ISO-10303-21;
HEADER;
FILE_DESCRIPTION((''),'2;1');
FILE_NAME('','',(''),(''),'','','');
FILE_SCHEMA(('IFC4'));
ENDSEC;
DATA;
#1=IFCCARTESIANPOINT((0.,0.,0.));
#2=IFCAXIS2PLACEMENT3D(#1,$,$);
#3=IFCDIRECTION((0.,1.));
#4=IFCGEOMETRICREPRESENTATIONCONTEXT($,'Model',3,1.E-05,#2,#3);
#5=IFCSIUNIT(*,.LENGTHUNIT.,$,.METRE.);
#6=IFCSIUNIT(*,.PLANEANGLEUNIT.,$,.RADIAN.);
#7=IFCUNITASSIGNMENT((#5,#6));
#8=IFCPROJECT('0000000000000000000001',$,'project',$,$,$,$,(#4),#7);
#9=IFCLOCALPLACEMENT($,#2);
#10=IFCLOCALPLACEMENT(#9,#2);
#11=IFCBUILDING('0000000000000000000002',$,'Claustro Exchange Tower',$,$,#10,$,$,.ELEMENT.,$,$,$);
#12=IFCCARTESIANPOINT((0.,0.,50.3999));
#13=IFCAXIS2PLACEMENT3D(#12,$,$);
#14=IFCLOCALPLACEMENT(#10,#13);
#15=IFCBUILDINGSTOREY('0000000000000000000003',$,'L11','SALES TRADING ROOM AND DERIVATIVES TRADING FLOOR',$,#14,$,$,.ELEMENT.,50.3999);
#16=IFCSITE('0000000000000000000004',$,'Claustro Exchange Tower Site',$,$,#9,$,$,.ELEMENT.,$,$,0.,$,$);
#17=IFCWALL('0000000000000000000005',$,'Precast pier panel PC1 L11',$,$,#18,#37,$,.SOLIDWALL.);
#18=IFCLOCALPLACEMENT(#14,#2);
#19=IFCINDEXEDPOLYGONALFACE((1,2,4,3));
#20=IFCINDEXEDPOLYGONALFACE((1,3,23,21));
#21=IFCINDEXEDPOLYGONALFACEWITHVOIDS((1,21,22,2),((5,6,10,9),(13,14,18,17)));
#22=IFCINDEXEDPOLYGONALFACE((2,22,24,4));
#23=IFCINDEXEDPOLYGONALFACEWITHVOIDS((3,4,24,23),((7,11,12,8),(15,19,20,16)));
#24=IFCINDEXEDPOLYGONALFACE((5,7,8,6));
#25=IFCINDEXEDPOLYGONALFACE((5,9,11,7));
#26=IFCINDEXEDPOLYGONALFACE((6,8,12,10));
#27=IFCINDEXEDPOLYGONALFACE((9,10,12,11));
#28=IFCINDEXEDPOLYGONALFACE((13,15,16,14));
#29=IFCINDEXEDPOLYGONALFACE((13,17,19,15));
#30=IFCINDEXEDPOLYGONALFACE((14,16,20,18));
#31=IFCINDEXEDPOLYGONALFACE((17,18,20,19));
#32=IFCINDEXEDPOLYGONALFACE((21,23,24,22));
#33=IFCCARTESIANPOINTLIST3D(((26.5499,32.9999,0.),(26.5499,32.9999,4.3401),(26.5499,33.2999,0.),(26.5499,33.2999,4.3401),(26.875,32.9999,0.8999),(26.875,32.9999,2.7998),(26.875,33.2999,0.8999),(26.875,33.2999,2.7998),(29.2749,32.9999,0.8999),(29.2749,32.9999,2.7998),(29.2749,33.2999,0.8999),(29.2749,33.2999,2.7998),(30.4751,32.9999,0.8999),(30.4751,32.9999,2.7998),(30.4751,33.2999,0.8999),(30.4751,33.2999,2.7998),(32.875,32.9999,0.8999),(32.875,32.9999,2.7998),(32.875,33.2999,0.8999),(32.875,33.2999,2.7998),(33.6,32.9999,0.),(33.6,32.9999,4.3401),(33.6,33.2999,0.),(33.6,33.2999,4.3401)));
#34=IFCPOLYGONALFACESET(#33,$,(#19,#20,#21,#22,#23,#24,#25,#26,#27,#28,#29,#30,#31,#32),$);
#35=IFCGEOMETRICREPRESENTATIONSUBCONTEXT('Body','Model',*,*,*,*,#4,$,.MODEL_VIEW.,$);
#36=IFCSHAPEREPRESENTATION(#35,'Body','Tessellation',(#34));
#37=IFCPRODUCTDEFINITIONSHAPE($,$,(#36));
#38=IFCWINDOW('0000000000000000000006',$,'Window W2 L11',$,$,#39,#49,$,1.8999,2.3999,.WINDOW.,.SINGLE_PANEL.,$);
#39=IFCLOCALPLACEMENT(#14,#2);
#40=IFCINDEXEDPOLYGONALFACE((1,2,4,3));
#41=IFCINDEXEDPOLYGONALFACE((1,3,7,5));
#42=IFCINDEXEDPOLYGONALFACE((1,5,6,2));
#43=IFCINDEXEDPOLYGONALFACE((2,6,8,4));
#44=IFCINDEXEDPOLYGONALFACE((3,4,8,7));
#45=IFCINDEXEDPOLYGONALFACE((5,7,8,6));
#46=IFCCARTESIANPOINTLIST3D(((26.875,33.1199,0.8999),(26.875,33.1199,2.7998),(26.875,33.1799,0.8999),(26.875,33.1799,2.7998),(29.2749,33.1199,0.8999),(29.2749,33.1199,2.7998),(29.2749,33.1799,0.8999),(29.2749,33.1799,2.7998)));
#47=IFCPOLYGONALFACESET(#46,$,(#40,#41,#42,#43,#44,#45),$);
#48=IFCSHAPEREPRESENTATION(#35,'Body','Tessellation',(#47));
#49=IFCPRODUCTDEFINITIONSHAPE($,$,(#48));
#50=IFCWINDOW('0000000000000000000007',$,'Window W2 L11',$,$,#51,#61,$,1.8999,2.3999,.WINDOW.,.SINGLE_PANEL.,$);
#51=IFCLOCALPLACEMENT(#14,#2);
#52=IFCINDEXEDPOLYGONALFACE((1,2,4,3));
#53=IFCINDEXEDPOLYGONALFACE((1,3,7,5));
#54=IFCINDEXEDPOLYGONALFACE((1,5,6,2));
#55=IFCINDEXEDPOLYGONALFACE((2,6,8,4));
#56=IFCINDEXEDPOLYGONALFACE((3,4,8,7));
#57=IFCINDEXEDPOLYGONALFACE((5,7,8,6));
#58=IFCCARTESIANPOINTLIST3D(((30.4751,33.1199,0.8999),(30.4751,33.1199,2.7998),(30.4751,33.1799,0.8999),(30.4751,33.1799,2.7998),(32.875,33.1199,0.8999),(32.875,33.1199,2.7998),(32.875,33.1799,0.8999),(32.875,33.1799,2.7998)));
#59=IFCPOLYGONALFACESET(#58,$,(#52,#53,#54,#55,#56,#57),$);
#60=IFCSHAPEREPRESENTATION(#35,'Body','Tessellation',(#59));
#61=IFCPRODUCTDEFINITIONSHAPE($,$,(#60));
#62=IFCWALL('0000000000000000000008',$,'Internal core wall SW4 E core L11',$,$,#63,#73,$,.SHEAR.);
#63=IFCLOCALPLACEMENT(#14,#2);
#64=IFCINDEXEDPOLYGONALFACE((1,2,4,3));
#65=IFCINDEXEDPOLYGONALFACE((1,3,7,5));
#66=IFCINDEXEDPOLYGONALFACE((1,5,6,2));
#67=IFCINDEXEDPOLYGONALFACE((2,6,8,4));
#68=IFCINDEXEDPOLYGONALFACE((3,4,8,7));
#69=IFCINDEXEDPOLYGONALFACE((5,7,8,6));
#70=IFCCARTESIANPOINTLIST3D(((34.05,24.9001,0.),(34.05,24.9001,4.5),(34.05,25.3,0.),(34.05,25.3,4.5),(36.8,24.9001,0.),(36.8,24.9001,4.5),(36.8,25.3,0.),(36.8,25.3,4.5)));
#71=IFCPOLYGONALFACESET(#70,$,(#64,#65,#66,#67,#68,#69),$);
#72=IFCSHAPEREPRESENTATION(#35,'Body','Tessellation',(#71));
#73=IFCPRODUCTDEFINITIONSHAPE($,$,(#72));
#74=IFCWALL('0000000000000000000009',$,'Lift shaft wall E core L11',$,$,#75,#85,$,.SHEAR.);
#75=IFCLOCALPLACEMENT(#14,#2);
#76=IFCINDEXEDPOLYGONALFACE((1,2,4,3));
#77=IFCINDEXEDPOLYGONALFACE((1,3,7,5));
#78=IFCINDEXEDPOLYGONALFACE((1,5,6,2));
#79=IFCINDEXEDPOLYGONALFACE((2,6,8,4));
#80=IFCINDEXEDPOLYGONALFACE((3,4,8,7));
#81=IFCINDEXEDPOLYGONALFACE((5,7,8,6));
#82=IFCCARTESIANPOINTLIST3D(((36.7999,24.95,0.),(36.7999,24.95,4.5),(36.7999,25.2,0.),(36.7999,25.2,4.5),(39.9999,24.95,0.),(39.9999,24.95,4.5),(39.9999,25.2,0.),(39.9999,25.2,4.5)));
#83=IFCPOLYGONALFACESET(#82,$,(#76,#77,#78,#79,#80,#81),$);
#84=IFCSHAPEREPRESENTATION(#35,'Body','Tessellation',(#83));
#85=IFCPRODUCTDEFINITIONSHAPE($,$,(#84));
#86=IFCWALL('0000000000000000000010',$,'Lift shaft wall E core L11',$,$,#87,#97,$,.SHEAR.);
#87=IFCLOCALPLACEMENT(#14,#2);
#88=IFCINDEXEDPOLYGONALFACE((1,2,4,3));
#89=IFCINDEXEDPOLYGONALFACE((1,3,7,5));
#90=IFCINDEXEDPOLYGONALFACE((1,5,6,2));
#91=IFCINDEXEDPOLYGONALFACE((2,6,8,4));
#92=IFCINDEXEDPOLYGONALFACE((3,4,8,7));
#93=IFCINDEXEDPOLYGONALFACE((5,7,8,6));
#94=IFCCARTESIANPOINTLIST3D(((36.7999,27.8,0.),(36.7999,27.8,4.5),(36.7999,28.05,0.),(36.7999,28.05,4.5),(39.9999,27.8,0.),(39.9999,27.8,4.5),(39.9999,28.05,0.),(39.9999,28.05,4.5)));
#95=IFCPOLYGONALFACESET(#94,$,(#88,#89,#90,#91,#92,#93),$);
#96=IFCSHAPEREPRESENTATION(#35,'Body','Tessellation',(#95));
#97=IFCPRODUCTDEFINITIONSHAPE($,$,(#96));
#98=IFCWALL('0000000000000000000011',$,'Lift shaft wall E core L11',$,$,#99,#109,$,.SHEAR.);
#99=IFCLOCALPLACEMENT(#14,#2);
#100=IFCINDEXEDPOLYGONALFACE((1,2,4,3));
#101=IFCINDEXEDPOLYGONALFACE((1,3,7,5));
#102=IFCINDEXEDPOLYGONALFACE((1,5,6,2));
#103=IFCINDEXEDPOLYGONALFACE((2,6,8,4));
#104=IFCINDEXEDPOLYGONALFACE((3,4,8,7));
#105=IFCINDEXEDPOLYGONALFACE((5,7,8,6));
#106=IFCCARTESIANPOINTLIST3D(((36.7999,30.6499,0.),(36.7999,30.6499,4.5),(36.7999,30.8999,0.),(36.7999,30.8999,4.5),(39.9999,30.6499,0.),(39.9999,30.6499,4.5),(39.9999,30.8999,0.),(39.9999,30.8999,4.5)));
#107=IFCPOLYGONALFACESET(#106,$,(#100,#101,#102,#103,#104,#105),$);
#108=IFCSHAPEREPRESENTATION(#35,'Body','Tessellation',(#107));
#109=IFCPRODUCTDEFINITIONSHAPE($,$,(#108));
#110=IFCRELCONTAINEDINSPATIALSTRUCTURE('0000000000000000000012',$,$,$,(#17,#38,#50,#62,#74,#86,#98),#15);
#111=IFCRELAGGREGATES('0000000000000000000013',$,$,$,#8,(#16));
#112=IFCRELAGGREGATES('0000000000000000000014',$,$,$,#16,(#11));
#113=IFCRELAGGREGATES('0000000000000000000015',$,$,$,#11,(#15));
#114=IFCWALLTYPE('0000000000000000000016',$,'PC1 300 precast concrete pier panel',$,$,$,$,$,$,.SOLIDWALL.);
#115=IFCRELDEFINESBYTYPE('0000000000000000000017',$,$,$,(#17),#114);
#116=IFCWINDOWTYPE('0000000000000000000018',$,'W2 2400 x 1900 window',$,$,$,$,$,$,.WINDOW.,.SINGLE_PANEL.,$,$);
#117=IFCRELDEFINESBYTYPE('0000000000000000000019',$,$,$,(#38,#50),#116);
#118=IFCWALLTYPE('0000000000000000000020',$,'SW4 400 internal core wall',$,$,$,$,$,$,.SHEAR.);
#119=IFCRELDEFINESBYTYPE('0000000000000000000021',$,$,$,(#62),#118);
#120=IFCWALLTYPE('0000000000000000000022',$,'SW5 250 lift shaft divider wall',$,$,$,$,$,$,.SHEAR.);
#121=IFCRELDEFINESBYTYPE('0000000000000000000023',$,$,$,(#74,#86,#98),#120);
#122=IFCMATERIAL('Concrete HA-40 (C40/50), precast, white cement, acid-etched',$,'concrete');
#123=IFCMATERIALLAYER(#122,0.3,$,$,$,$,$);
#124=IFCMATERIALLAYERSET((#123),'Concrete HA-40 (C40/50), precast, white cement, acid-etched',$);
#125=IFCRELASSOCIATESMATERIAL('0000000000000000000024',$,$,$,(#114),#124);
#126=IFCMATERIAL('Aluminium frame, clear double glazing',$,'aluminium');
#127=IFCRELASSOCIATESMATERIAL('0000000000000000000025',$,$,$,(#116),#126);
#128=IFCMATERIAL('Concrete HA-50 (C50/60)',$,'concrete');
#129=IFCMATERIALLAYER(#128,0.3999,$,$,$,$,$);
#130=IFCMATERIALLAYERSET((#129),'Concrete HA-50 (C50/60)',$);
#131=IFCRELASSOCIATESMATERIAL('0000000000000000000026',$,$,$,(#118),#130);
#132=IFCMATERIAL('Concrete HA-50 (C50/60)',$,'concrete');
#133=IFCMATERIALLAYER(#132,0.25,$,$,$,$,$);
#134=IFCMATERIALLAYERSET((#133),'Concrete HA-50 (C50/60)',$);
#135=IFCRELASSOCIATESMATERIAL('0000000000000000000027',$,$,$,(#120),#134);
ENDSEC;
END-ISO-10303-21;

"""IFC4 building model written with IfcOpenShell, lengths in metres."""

from ifc_helpers import new_model, si_unit, direction, frame, frame_2d, origin, place, context, subcontext, project, spatial, rectangle, extrude, material, layer, layer_set, type_object, element, fill, save


model = new_model("IFC4")

# Units and contexts
model_context = context("Model", 3, precision=1e-05, world=origin(), true_north=direction((0.0, 1.0)))
body_context = subcontext(model_context, "Body", "Model", "MODEL_VIEW")
ifc_project = project(units=[si_unit("LENGTHUNIT", "METRE"), si_unit("PLANEANGLEUNIT", "RADIAN")], contexts=[model_context])

# Site, building, storey
site_placement = place(None, origin())
site = spatial("IfcSite", under=ifc_project, at=site_placement, Name="Claustro Exchange Tower Site", CompositionType="ELEMENT", RefElevation=0.0)
building_placement = place(site_placement, origin())
building = spatial("IfcBuilding", under=site, at=building_placement, Name="Claustro Exchange Tower", CompositionType="ELEMENT")
storey_placement = place(building_placement, frame((0.0, 0.0, 50.3999)))
storey = spatial("IfcBuildingStorey", under=building, at=storey_placement, Name="L11", Description="SALES TRADING ROOM AND DERIVATIVES TRADING FLOOR", CompositionType="ELEMENT", Elevation=50.3999)

# Wall, openings, windows
ifc_material_1 = material(Name="Concrete HA-40 (C40/50), precast, white cement, acid-etched", Category="concrete")
ifc_layer_1 = layer(ifc_material_1, 0.3)
ifc_layer_set_1 = layer_set([ifc_layer_1], Name="Concrete HA-40 (C40/50), precast, white cement, acid-etched")
wall_type_1 = type_object("IfcWallType", Name="PC1 300 precast concrete pier panel", PredefinedType="SOLIDWALL", material=ifc_layer_set_1)
wall_1_placement = place(storey_placement, frame((26.55, 33.1499, 0.0), z_axis=(0.0, 0.0, 1.0), x_axis=(1.0, 0.0, 0.0)))
wall_1 = element("IfcWall", 1, at=wall_1_placement, inside=storey, type_object=wall_type_1, Name="Precast pier panel PC1 L11", PredefinedType="SOLIDWALL", context=body_context, shape_type="SweptSolid", body=[
    extrude(rectangle(XDim=7.05, YDim=0.3, at=frame_2d((3.5249, 0.0))), origin(), (0.0, 0.0, 1.0), 4.3401),
])
opening_1_placement = place(wall_1_placement, frame((0.325, 0.0, 0.8999)))
opening_1 = element("IfcOpeningElement", 2, at=opening_1_placement, cuts=wall_1, PredefinedType="OPENING", context=body_context, shape_type="SweptSolid", body=[
    extrude(rectangle(XDim=2.3999, YDim=1.8999, at=frame_2d((1.2, 0.95))), frame((0.0, 0.1599, 0.0), z_axis=(0.0, -1.0, 0.0), x_axis=(1.0, 0.0, 0.0)), (0.0, 0.0, 1.0), 0.3201),
])
opening_2_placement = place(wall_1_placement, frame((3.925, 0.0, 0.8999)))
opening_2 = element("IfcOpeningElement", 3, at=opening_2_placement, cuts=wall_1, PredefinedType="OPENING", context=body_context, shape_type="SweptSolid", body=[
    extrude(rectangle(XDim=2.3999, YDim=1.8999, at=frame_2d((1.2, 0.95))), frame((0.0, 0.1599, 0.0), z_axis=(0.0, -1.0, 0.0), x_axis=(1.0, 0.0, 0.0)), (0.0, 0.0, 1.0), 0.3201),
])
ifc_material_2 = material(Name="Aluminium frame, clear double glazing", Category="aluminium")
window_type = type_object("IfcWindowType", Name="W2 2400 x 1900 window", PartitioningType="SINGLE_PANEL", PredefinedType="WINDOW", material=ifc_material_2)
window_1_placement = place(opening_1_placement, origin())
window_1 = element("IfcWindow", 4, at=window_1_placement, inside=storey, type_object=window_type, Name="Window W2 L11", OverallHeight=1.8999, OverallWidth=2.3999, PartitioningType="SINGLE_PANEL", PredefinedType="WINDOW", context=body_context, shape_type="SweptSolid", body=[
    extrude(rectangle(XDim=2.3999, YDim=1.8999, at=frame_2d((1.2, 0.95))), frame((0.0, 0.03, 0.0), z_axis=(0.0, -1.0, 0.0), x_axis=(1.0, 0.0, 0.0)), (0.0, 0.0, 1.0), 0.0601),
])
fill(opening_1, window_1)
window_2_placement = place(opening_2_placement, origin())
window_2 = element("IfcWindow", 5, at=window_2_placement, inside=storey, type_object=window_type, Name="Window W2 L11", OverallHeight=1.8999, OverallWidth=2.3999, PartitioningType="SINGLE_PANEL", PredefinedType="WINDOW", context=body_context, shape_type="SweptSolid", body=[
    extrude(rectangle(XDim=2.3999, YDim=1.8999, at=frame_2d((1.2, 0.95))), frame((0.0, 0.03, 0.0), z_axis=(0.0, -1.0, 0.0), x_axis=(1.0, 0.0, 0.0)), (0.0, 0.0, 1.0), 0.0601),
])
fill(opening_2, window_2)

# Walls
ifc_material_3 = material(Name="Concrete HA-50 (C50/60)", Category="concrete")
ifc_layer_2 = layer(ifc_material_3, 0.3999)
ifc_layer_set_2 = layer_set([ifc_layer_2], Name="Concrete HA-50 (C50/60)")
wall_type_2 = type_object("IfcWallType", Name="SW4 400 internal core wall", PredefinedType="SHEAR", material=ifc_layer_set_2)
wall_2_placement = place(storey_placement, frame((36.8, 25.1001, 0.0), z_axis=(0.0, 0.0, 1.0), x_axis=(-1.0, 0.0, 0.0)))
element("IfcWall", 6, at=wall_2_placement, inside=storey, type_object=wall_type_2, Name="Internal core wall SW4 E core L11", PredefinedType="SHEAR", context=body_context, shape_type="SweptSolid", body=[
    extrude(rectangle(XDim=2.75, YDim=0.3999, at=frame_2d((1.375, 0.0))), origin(), (0.0, 0.0, 1.0), 4.5),
])
ifc_material_4 = material(Name="Concrete HA-50 (C50/60)", Category="concrete")
ifc_layer_3 = layer(ifc_material_4, 0.25)
ifc_layer_set_3 = layer_set([ifc_layer_3], Name="Concrete HA-50 (C50/60)")
wall_type_3 = type_object("IfcWallType", Name="SW5 250 lift shaft divider wall", PredefinedType="SHEAR", material=ifc_layer_set_3)
for number, where, z_axis, x_axis, name in (
    (7, (40.0, 25.075, 0.0), (0.0, 0.0, 1.0), (-1.0, 0.0, 0.0), "Lift shaft wall E core L11"),
    (8, (40.0, 27.925, 0.0), (0.0, 0.0, 1.0), (-1.0, 0.0, 0.0), "Lift shaft wall E core L11"),
    (9, (40.0, 30.7749, 0.0), (0.0, 0.0, 1.0), (-1.0, 0.0, 0.0), "Lift shaft wall E core L11"),
):
    element("IfcWall", number, at=place(storey_placement, frame(where, z_axis=z_axis, x_axis=x_axis)), inside=storey, type_object=wall_type_3, Name=name, PredefinedType="SHEAR", context=body_context, shape_type="SweptSolid", body=[
        extrude(rectangle(XDim=3.2, YDim=0.25, at=frame_2d((1.6001, 0.0))), origin(), (0.0, 0.0, 1.0), 4.5),
    ])

save(model, "model.ifc")
